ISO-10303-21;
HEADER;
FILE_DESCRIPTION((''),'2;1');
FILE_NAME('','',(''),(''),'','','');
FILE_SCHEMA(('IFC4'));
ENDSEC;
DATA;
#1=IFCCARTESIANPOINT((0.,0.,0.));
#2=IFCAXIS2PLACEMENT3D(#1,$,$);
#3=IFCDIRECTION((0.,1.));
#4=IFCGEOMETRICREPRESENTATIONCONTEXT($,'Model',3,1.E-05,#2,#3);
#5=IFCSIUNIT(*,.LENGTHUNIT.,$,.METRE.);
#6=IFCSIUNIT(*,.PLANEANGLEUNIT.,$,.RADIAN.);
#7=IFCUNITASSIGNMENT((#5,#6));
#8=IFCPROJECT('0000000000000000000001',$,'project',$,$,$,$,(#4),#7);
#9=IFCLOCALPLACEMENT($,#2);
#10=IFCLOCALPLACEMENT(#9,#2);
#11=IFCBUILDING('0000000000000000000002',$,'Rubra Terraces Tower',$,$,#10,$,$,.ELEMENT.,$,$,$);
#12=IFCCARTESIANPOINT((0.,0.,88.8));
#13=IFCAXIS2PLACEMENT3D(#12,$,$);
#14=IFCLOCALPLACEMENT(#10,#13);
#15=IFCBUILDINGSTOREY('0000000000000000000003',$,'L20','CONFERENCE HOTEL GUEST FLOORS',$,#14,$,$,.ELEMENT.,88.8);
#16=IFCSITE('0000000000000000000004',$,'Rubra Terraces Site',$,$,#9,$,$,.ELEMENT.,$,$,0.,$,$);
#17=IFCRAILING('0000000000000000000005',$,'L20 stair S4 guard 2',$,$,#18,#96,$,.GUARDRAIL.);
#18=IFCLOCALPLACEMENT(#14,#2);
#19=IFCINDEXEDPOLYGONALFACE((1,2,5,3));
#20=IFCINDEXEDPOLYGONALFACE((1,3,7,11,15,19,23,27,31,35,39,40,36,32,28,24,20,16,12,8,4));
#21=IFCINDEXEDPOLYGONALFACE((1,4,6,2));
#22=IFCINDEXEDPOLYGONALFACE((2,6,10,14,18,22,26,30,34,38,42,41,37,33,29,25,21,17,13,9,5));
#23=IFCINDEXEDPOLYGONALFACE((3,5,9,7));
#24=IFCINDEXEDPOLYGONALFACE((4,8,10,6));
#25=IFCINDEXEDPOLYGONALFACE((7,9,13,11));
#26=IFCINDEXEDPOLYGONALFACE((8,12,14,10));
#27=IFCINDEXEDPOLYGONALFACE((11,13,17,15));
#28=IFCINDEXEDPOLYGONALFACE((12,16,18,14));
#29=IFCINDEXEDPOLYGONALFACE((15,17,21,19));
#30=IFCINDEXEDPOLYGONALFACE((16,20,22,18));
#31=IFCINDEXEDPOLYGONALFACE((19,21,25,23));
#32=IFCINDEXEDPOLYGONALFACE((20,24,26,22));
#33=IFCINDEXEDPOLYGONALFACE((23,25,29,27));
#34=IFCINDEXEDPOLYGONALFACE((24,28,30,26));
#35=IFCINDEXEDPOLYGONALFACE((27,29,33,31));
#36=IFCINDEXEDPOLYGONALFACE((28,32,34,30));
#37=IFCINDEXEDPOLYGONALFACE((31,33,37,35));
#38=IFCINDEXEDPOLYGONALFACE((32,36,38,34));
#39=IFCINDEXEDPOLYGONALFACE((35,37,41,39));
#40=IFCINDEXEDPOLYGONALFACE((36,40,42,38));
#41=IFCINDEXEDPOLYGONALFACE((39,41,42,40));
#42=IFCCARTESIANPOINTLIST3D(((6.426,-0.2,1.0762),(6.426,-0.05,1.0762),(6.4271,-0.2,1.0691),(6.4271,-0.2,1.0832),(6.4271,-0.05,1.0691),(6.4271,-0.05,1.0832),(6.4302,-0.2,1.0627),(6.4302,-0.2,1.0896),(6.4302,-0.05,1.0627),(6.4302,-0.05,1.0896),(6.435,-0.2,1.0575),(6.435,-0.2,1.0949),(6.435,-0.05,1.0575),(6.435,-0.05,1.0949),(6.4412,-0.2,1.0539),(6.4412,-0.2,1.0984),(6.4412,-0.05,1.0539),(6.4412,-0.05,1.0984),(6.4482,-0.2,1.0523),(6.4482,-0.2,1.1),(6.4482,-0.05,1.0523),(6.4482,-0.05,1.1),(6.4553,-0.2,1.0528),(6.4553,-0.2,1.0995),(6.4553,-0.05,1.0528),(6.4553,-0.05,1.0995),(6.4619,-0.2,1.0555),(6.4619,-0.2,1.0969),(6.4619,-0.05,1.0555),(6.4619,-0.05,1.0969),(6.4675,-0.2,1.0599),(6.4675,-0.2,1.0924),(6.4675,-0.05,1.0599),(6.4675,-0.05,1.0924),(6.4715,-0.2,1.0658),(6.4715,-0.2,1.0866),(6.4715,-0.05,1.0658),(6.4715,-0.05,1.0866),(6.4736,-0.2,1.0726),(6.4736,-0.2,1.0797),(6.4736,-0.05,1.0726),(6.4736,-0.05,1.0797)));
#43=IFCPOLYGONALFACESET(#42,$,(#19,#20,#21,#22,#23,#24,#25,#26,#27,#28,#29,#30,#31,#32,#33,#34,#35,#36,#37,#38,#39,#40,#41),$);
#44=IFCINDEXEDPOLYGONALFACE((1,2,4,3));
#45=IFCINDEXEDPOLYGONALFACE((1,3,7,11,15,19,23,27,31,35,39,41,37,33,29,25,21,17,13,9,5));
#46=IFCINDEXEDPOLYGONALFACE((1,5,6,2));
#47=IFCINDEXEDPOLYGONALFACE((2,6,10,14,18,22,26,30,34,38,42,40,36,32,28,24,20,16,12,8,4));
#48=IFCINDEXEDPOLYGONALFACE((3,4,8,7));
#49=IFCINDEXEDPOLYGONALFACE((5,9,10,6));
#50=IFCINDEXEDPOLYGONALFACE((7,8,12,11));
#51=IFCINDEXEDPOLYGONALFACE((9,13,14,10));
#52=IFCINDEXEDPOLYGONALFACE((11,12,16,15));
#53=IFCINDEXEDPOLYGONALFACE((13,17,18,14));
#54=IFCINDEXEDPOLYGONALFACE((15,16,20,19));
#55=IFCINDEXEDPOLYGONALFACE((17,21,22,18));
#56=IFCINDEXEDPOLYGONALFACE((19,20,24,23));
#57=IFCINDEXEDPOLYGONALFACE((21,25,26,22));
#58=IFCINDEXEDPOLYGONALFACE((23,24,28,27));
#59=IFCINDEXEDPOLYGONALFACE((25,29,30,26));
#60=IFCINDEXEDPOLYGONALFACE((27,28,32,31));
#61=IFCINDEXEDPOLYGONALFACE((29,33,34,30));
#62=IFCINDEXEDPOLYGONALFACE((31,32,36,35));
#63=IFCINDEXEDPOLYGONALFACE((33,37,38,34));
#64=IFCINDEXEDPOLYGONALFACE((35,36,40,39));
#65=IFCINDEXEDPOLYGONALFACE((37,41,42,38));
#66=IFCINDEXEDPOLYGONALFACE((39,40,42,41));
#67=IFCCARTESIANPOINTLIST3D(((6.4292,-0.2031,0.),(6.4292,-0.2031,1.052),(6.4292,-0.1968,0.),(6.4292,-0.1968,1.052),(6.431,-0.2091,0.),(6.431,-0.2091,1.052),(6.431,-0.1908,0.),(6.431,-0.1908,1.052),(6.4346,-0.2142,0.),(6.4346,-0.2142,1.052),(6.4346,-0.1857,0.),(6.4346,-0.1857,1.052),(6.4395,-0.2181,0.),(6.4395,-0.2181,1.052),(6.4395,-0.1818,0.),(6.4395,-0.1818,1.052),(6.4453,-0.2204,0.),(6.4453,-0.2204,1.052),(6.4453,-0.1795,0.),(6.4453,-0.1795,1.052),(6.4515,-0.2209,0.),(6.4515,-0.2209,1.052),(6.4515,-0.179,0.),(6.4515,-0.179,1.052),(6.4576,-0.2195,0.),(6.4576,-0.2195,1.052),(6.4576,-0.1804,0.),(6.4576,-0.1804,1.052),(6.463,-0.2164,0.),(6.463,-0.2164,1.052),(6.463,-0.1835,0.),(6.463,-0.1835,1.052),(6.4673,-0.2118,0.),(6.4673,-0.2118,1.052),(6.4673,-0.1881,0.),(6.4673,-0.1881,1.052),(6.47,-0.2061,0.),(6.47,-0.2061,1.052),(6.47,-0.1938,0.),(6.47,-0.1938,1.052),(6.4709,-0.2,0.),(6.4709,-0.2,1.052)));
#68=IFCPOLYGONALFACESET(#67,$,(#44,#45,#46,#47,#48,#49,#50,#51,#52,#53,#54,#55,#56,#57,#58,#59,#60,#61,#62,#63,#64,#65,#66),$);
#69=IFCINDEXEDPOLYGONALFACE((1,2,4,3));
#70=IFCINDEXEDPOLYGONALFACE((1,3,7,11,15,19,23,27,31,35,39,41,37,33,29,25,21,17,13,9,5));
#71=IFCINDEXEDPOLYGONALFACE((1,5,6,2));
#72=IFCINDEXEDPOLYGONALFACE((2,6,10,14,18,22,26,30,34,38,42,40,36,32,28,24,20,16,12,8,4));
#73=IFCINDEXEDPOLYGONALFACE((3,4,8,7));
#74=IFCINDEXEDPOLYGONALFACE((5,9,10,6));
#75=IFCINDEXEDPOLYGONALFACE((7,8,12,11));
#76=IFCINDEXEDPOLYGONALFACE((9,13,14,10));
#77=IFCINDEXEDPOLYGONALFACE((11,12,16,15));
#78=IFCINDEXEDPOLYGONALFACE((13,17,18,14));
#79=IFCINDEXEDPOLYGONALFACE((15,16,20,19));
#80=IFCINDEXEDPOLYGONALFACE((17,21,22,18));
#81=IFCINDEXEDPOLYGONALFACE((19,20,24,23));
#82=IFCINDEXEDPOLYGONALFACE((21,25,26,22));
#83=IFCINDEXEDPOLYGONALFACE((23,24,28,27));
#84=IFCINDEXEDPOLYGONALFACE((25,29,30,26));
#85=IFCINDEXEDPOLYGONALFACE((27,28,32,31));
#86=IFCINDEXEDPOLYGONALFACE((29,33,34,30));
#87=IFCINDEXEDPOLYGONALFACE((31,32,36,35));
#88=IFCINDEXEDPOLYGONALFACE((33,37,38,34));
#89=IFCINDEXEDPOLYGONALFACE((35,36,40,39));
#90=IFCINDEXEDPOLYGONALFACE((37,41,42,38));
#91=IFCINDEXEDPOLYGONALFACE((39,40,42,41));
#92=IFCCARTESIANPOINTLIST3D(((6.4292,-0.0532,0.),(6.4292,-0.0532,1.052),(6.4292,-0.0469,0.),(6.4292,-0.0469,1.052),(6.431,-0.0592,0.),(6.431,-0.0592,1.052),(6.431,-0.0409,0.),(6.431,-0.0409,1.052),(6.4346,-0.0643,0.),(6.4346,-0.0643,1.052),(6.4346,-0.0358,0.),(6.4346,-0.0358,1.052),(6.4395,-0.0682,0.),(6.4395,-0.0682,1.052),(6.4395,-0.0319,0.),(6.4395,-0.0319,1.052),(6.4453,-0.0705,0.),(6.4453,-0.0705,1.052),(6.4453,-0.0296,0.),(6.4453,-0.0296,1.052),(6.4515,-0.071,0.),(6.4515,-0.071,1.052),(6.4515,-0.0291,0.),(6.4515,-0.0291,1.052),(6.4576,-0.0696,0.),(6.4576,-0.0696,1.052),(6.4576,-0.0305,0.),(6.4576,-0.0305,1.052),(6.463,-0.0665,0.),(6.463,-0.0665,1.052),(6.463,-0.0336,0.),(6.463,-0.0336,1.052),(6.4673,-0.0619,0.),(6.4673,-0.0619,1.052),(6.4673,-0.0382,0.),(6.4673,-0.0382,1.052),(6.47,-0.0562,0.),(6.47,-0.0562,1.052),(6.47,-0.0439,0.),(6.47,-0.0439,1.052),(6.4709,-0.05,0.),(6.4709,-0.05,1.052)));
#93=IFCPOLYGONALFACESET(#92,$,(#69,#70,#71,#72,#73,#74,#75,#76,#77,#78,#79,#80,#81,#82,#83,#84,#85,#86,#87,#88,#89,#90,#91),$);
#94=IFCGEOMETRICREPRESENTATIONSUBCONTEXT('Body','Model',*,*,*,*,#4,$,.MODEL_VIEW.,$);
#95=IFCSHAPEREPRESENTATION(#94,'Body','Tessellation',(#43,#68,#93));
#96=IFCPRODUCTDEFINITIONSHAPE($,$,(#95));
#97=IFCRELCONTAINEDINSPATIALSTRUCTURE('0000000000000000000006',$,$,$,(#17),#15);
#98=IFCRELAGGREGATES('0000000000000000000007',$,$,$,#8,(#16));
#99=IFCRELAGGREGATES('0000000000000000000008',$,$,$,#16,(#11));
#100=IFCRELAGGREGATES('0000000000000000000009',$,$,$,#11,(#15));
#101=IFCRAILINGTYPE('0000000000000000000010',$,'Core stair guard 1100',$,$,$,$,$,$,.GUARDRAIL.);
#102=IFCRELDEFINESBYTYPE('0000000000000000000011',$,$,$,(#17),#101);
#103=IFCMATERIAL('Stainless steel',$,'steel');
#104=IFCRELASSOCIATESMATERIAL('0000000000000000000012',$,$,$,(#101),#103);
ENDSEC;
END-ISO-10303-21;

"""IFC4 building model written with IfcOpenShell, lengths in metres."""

from ifc_helpers import new_model, si_unit, direction, frame, origin, origin_2d, place, context, subcontext, project, spatial, circle, extrude, material, type_object, element, save


model = new_model("IFC4")

# Units and contexts
model_context = context("Model", 3, precision=1e-05, world=origin(), true_north=direction((0.0, 1.0)))
body_context = subcontext(model_context, "Body", "Model", "MODEL_VIEW")
ifc_project = project(units=[si_unit("LENGTHUNIT", "METRE"), si_unit("PLANEANGLEUNIT", "RADIAN")], contexts=[model_context])

# Site, building, storey
site_placement = place(None, origin())
site = spatial("IfcSite", under=ifc_project, at=site_placement, Name="Rubra Terraces Site", CompositionType="ELEMENT", RefElevation=0.0)
building_placement = place(site_placement, origin())
building = spatial("IfcBuilding", under=site, at=building_placement, Name="Rubra Terraces Tower", CompositionType="ELEMENT")
storey_placement = place(building_placement, frame((0.0, 0.0, 88.8)))
storey = spatial("IfcBuildingStorey", under=building, at=storey_placement, Name="L20", Description="CONFERENCE HOTEL GUEST FLOORS", CompositionType="ELEMENT", Elevation=88.8)

# Railing
ifc_material_1 = material(Name="Stainless steel", Category="steel")
railing_type_1 = type_object("IfcRailingType", Name="Core stair guard 1100", PredefinedType="GUARDRAIL", material=ifc_material_1)
railing_1_placement = place(storey_placement, frame((6.45, -0.2, 0.0)))
element("IfcRailing", 1, at=railing_1_placement, inside=storey, type_object=railing_type_1, Name="L20 stair S4 guard 2", PredefinedType="GUARDRAIL", context=body_context, shape_type="SweptSolid", body=[
    extrude(circle(Radius=0.0239, at=origin_2d()), frame((0.0, 0.0, 1.0762), z_axis=(0.0, 1.0, 0.0), x_axis=(-1.0, 0.0, 0.0)), (0.0, 0.0, 1.0), 0.1499),
    extrude(circle(Radius=0.021, at=origin_2d()), origin(), (0.0, 0.0, 1.0), 1.052),
    extrude(circle(Radius=0.021, at=origin_2d()), frame((0.0, 0.1499, 0.0)), (0.0, 0.0, 1.0), 1.052),
])

save(model, "model.ifc")
